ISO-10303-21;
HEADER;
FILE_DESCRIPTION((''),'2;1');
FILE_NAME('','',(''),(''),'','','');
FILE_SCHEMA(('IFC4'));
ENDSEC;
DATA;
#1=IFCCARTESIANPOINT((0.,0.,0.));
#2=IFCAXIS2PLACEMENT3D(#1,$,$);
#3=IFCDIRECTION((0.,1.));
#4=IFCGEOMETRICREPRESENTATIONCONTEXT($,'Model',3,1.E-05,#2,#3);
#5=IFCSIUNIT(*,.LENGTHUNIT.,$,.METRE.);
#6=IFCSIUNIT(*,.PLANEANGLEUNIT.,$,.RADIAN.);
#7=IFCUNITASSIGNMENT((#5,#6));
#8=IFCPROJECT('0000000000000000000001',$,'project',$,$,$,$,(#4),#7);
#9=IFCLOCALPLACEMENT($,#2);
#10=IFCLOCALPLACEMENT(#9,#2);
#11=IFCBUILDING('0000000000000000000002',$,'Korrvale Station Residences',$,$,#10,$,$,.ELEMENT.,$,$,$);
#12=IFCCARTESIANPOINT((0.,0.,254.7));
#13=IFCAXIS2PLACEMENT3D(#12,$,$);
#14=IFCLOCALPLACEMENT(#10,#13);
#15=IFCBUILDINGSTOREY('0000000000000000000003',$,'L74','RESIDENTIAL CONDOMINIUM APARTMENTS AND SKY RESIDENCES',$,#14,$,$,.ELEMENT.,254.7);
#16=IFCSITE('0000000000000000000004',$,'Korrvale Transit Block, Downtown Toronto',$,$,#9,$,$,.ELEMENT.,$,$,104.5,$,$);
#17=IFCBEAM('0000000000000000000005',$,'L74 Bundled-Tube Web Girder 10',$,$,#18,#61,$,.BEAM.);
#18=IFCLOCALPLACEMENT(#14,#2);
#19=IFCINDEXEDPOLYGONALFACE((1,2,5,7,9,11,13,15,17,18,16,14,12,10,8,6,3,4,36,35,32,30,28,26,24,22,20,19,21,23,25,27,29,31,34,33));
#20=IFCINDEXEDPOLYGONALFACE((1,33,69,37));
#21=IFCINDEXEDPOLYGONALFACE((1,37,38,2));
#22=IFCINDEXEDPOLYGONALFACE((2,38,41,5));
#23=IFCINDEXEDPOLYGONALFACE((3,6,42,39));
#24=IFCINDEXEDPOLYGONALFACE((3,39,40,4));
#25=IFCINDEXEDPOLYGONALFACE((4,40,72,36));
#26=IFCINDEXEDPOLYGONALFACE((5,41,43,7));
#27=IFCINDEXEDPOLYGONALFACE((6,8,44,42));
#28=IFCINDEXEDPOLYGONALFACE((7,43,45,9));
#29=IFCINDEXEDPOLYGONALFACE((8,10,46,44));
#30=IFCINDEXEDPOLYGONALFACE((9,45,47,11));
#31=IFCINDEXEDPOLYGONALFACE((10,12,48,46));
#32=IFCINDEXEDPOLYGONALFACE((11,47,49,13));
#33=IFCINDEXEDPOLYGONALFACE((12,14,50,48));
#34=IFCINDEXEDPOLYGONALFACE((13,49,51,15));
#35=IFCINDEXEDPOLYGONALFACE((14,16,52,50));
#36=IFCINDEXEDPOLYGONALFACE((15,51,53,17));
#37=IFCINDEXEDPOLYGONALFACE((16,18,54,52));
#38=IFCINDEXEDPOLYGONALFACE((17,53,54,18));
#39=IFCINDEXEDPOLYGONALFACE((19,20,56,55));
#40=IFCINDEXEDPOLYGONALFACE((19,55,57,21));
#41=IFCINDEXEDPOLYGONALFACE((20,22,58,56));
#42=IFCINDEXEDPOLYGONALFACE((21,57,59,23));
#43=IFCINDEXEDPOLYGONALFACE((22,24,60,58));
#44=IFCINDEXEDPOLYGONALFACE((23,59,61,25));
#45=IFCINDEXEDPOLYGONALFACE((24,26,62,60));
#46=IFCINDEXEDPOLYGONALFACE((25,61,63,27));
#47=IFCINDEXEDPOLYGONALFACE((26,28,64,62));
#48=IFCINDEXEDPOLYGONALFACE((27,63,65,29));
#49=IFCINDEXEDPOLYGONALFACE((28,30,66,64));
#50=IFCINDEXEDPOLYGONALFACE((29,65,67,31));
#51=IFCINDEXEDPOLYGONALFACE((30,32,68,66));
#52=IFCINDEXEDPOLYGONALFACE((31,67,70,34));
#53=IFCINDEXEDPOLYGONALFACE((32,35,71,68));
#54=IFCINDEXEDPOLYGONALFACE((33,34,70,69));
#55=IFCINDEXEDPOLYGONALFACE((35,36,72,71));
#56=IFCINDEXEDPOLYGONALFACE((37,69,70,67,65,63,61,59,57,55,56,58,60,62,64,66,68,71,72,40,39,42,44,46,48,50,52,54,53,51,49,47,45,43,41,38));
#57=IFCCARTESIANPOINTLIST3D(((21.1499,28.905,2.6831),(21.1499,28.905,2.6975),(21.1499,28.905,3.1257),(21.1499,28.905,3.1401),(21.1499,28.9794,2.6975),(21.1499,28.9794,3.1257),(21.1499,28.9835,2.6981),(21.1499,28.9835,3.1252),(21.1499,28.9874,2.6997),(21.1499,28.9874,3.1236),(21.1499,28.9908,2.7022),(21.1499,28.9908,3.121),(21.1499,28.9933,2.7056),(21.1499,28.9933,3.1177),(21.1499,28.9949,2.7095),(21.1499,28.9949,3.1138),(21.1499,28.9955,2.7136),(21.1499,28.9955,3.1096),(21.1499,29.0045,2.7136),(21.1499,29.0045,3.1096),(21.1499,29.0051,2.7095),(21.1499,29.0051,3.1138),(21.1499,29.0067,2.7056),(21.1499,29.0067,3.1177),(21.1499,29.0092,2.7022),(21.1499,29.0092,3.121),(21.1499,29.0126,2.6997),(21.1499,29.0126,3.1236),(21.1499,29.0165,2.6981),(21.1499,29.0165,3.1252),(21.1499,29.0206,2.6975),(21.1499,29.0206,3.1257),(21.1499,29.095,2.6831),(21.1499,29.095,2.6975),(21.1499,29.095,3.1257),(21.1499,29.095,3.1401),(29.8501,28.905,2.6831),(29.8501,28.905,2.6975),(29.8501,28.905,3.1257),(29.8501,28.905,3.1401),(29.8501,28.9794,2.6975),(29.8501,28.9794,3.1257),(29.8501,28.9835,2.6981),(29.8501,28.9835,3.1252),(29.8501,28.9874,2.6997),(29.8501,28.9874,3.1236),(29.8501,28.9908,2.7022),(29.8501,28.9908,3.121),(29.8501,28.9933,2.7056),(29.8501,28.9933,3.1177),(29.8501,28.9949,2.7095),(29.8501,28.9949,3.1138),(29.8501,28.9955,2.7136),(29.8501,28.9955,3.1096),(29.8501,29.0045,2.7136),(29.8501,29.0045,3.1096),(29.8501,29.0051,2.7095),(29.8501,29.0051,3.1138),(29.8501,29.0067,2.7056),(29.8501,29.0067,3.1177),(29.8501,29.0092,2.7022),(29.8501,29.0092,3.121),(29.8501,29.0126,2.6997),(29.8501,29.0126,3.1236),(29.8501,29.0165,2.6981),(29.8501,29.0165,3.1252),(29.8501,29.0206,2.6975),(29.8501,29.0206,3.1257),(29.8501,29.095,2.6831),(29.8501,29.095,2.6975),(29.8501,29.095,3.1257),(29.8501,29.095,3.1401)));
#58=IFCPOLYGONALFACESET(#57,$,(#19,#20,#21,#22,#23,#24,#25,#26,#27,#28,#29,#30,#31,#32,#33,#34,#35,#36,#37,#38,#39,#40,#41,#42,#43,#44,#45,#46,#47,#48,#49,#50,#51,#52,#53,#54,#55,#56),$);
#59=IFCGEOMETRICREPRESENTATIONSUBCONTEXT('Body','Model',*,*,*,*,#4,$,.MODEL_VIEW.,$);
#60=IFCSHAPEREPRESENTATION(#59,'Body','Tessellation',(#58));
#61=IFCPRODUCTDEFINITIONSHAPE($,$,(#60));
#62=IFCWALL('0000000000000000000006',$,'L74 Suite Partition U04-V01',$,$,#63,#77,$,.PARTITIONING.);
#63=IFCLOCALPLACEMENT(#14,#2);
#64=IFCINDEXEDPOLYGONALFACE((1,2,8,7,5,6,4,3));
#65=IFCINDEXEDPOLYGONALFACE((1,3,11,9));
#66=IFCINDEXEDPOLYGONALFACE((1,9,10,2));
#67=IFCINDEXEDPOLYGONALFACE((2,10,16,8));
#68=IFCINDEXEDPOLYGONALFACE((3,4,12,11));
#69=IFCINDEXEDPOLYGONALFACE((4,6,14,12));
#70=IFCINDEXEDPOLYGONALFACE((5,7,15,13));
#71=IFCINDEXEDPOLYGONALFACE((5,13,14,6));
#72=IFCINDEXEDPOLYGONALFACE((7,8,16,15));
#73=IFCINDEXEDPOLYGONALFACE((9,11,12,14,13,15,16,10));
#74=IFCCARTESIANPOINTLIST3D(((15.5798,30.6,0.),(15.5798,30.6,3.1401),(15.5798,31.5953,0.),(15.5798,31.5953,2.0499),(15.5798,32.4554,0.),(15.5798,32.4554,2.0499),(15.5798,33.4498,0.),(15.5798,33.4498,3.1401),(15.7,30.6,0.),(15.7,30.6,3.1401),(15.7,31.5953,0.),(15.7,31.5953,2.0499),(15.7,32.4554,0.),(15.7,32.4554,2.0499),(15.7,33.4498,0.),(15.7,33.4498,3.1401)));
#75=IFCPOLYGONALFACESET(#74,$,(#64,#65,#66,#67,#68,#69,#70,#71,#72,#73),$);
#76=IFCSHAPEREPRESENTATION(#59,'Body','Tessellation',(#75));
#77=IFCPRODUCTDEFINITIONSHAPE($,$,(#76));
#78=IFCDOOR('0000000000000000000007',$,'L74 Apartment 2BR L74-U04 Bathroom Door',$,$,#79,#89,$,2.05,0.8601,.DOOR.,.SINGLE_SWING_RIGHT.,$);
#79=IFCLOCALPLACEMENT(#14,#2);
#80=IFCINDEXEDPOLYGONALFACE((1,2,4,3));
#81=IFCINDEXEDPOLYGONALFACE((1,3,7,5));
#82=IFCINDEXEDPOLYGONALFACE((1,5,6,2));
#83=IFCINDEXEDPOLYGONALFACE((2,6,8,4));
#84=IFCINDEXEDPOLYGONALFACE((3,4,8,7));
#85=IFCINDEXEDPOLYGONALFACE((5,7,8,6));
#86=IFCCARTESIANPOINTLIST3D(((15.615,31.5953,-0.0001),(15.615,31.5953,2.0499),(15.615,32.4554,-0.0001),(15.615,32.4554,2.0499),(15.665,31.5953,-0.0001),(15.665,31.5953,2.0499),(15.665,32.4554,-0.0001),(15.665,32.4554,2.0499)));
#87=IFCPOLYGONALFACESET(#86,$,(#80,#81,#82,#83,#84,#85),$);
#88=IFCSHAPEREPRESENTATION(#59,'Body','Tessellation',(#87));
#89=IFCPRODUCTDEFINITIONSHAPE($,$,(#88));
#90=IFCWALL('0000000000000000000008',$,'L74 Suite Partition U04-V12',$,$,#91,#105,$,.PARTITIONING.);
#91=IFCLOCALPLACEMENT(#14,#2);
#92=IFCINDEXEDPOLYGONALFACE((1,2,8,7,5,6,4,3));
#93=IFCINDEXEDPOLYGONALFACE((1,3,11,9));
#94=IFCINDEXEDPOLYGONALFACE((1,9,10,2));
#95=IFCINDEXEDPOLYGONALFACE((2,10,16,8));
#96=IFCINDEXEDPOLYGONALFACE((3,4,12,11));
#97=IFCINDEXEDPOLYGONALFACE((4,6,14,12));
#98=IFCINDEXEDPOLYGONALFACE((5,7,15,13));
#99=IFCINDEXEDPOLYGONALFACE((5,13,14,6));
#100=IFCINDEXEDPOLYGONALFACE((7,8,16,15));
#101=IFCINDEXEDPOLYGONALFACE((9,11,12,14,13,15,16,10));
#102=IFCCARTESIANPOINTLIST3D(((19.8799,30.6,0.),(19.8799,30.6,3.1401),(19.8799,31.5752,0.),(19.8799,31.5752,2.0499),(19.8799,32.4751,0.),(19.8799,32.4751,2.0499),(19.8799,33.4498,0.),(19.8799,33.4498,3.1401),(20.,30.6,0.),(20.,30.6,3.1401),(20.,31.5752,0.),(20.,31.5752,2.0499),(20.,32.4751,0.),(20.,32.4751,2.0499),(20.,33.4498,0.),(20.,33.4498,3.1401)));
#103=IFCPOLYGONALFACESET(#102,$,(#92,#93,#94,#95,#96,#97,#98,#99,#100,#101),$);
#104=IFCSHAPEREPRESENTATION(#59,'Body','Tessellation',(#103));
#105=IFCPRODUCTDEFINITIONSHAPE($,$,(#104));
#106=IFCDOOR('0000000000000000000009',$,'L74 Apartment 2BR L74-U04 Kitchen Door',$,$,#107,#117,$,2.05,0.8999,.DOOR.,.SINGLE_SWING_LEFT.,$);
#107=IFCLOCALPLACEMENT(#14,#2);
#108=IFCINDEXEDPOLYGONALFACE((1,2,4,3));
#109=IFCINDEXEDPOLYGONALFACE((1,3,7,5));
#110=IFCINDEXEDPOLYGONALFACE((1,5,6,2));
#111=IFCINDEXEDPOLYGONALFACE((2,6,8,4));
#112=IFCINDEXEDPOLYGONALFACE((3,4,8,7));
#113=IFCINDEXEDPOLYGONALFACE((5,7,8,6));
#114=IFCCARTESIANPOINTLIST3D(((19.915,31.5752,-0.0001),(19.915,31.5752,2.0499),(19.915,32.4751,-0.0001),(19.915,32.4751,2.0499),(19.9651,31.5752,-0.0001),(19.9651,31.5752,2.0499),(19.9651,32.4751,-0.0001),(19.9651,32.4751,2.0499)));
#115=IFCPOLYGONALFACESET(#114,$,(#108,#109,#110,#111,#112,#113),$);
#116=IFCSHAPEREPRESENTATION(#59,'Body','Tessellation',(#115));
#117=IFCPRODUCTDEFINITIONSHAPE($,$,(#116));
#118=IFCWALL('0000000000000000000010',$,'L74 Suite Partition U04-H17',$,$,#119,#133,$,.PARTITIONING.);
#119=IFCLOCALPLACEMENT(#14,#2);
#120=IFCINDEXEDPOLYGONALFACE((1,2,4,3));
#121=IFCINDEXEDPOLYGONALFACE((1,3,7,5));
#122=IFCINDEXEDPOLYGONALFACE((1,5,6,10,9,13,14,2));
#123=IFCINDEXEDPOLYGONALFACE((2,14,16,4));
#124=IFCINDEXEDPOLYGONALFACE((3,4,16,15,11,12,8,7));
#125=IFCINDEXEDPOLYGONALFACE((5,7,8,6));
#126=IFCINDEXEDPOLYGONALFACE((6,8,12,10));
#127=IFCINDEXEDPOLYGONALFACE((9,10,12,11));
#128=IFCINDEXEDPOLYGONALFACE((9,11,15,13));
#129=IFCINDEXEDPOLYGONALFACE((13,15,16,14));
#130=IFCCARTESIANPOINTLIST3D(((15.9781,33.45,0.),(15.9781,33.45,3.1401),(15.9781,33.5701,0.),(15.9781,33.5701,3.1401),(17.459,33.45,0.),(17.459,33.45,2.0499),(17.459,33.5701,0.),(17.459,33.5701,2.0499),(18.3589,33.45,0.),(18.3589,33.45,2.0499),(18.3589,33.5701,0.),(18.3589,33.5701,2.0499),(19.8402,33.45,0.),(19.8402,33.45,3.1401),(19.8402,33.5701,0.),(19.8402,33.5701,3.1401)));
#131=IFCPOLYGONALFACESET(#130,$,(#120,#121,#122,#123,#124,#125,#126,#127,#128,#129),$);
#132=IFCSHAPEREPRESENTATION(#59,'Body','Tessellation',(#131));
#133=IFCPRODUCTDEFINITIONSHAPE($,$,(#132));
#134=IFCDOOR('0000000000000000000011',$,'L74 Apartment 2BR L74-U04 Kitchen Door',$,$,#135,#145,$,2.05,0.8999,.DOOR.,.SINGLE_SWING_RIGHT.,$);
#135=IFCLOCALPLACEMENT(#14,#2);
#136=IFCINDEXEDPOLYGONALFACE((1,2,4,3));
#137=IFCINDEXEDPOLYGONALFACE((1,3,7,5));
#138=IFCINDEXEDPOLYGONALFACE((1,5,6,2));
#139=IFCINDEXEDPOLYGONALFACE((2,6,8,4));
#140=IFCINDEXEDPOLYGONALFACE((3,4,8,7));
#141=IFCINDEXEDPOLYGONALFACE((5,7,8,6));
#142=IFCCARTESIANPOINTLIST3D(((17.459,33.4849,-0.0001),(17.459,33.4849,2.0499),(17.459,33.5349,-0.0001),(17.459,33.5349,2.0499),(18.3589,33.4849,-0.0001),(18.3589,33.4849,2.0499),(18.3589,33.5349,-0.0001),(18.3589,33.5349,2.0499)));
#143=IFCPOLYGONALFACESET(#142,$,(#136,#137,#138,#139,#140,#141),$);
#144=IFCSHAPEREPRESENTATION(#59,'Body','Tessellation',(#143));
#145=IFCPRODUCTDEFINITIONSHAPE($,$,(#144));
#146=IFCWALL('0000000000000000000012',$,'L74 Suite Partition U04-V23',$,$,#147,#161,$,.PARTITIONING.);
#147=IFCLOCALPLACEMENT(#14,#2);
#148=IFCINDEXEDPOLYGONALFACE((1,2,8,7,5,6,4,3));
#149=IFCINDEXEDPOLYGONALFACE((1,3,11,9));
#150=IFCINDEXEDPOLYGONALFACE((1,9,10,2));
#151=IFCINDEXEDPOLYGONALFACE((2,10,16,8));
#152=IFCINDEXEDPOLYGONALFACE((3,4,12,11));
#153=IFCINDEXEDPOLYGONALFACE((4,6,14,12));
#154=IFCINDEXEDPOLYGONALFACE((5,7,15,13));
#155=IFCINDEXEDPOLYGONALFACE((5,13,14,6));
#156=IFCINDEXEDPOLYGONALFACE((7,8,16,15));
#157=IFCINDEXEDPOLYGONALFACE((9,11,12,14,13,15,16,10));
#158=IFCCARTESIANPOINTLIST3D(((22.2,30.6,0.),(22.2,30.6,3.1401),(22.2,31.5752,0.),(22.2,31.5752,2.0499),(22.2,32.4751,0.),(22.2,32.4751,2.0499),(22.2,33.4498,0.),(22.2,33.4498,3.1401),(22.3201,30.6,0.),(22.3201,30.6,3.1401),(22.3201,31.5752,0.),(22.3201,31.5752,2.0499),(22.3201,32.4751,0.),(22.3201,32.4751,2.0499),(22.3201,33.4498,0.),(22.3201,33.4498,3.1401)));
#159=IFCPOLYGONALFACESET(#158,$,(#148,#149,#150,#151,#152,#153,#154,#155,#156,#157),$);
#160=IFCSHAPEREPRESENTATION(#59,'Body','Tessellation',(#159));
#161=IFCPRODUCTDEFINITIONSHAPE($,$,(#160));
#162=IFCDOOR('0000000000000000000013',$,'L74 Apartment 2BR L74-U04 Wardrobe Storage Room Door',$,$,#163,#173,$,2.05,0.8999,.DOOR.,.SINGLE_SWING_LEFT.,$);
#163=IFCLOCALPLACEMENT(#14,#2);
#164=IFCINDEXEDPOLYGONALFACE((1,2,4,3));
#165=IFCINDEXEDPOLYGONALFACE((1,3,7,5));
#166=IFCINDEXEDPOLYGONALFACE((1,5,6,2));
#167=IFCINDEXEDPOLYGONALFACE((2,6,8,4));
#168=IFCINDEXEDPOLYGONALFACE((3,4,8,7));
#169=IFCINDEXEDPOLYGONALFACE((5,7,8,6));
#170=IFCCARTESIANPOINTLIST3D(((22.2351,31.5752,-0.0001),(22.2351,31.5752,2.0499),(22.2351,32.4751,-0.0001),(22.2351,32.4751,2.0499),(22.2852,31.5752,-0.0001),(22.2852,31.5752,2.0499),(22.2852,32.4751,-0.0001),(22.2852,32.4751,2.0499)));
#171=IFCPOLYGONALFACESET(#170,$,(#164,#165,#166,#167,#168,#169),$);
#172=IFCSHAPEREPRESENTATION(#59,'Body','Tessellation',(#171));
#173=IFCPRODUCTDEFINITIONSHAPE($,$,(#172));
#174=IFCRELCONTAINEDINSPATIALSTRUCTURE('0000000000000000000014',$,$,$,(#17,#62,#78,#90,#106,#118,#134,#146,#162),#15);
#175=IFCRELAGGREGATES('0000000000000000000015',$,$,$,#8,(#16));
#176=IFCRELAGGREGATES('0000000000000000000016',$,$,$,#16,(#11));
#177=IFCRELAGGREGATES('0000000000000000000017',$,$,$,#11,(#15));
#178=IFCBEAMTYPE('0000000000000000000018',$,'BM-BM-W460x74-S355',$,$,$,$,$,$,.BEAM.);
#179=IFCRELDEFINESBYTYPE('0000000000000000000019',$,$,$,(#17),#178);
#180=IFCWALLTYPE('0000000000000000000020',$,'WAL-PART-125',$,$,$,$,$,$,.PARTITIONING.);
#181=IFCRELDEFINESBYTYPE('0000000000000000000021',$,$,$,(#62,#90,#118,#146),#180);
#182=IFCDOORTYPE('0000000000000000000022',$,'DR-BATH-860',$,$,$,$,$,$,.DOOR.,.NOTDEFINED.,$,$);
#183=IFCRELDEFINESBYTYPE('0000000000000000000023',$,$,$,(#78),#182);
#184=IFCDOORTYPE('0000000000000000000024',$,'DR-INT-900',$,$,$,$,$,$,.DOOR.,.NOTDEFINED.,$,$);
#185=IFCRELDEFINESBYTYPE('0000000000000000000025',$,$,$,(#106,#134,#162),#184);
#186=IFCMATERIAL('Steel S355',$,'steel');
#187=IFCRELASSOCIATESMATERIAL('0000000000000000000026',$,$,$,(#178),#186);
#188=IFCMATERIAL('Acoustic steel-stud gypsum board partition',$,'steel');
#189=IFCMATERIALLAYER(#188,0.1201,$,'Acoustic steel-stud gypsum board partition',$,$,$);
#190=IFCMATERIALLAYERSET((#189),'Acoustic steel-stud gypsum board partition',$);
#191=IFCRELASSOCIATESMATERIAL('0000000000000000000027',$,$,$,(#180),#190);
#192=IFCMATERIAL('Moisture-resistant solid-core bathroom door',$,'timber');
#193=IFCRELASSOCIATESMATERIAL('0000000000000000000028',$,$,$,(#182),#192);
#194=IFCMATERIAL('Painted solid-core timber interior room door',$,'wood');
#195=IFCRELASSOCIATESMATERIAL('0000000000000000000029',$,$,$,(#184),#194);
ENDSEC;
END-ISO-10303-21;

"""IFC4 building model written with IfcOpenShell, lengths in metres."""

from ifc_helpers import new_model, si_unit, direction, frame, frame_2d, origin, origin_2d, place, context, subcontext, project, spatial, rectangle, i_section, extrude, material, layer, layer_set, material_profile, profile_set, type_object, element, fill, save


model = new_model("IFC4")

# Units and contexts
model_context = context("Model", 3, precision=1e-05, world=origin(), true_north=direction((0.0, 1.0)))
body_context = subcontext(model_context, "Body", "Model", "MODEL_VIEW")
ifc_project = project(units=[si_unit("LENGTHUNIT", "METRE"), si_unit("PLANEANGLEUNIT", "RADIAN")], contexts=[model_context])

# Site, building, storey
site_placement = place(None, origin())
site = spatial("IfcSite", under=ifc_project, at=site_placement, Name="Korrvale Transit Block, Downtown Toronto", CompositionType="ELEMENT", RefElevation=104.5)
building_placement = place(site_placement, origin())
building = spatial("IfcBuilding", under=site, at=building_placement, Name="Korrvale Station Residences", CompositionType="ELEMENT")
storey_placement = place(building_placement, frame((0.0, 0.0, 254.7)))
storey = spatial("IfcBuildingStorey", under=building, at=storey_placement, Name="L74", Description="RESIDENTIAL CONDOMINIUM APARTMENTS AND SKY RESIDENCES", CompositionType="ELEMENT", Elevation=254.7)

# Beam
ifc_material_1 = material(Name="Steel S355", Category="steel")
ifc_material_profile = material_profile(ifc_material_1, i_section(OverallWidth=0.1899, OverallDepth=0.457, WebThickness=0.009, FlangeThickness=0.0144, FilletRadius=0.0161, at=origin_2d()), Name="W460x74")
ifc_profile_set = profile_set([ifc_material_profile], Name="Steel S355")
beam_type = type_object("IfcBeamType", Name="BM-BM-W460x74-S355", PredefinedType="BEAM", material=ifc_profile_set)
beam_placement = place(storey_placement, frame((21.1499, 29.0, 2.9116), z_axis=(1.0, 0.0, 0.0), x_axis=(0.0, 1.0, 0.0)))
element("IfcBeam", 1, at=beam_placement, inside=storey, type_object=beam_type, Name="L74 Bundled-Tube Web Girder 10", PredefinedType="BEAM", context=body_context, shape_type="SweptSolid", body=[
    extrude(i_section(OverallWidth=0.1899, OverallDepth=0.457, WebThickness=0.009, FlangeThickness=0.0144, FilletRadius=0.0161, at=origin_2d()), origin(), (0.0, 0.0, 1.0), 8.7002),
])

# Walls, openings, doors
ifc_material_2 = material(Name="Acoustic steel-stud gypsum board partition", Category="steel")
ifc_layer = layer(ifc_material_2, 0.1201, Name="Acoustic steel-stud gypsum board partition")
ifc_layer_set = layer_set([ifc_layer], Name="Acoustic steel-stud gypsum board partition")
wall_type = type_object("IfcWallType", Name="WAL-PART-125", PredefinedType="PARTITIONING", material=ifc_layer_set)
wall_1_placement = place(storey_placement, frame((15.6399, 30.6001, 0.0), z_axis=(0.0, 0.0, 1.0), x_axis=(0.0, 1.0, 0.0)))
wall_1 = element("IfcWall", 2, at=wall_1_placement, inside=storey, type_object=wall_type, Name="L74 Suite Partition U04-V01", PredefinedType="PARTITIONING", context=body_context, shape_type="SweptSolid", body=[
    extrude(rectangle(XDim=2.8499, YDim=0.1201, at=frame_2d((1.4248, 0.0))), origin(), (0.0, 0.0, 1.0), 3.1401),
])
opening_1_placement = place(wall_1_placement, frame((0.9951, 0.0, 0.0)))
opening_1 = element("IfcOpeningElement", 3, at=opening_1_placement, cuts=wall_1, PredefinedType="OPENING", context=body_context, shape_type="SweptSolid", body=[
    extrude(rectangle(XDim=0.8601, YDim=2.05, at=frame_2d((0.4302, 1.0249))), frame((0.0, 0.0701, 0.0), z_axis=(0.0, -1.0, 0.0), x_axis=(1.0, 0.0, 0.0)), (0.0, 0.0, 1.0), 0.1401),
])
ifc_material_3 = material(Name="Moisture-resistant solid-core bathroom door", Category="timber")
door_type_1 = type_object("IfcDoorType", Name="DR-BATH-860", OperationType="NOTDEFINED", PredefinedType="DOOR", material=ifc_material_3)
door_1_placement = place(opening_1_placement, origin())
door_1 = element("IfcDoor", 4, at=door_1_placement, inside=storey, type_object=door_type_1, Name="L74 Apartment 2BR L74-U04 Bathroom Door", OperationType="SINGLE_SWING_RIGHT", OverallHeight=2.05, OverallWidth=0.8601, PredefinedType="DOOR", context=body_context, shape_type="SweptSolid", body=[
    extrude(rectangle(XDim=0.8601, YDim=2.05, at=frame_2d((0.4302, 1.0249))), frame((0.0, 0.0249, 0.0), z_axis=(0.0, -1.0, 0.0), x_axis=(1.0, 0.0, 0.0)), (0.0, 0.0, 1.0), 0.05),
])
fill(opening_1, door_1)
wall_2_placement = place(storey_placement, frame((19.9399, 30.6001, 0.0), z_axis=(0.0, 0.0, 1.0), x_axis=(0.0, 1.0, 0.0)))
wall_2 = element("IfcWall", 5, at=wall_2_placement, inside=storey, type_object=wall_type, Name="L74 Suite Partition U04-V12", PredefinedType="PARTITIONING", context=body_context, shape_type="SweptSolid", body=[
    extrude(rectangle(XDim=2.8499, YDim=0.1201, at=frame_2d((1.4248, 0.0))), origin(), (0.0, 0.0, 1.0), 3.1401),
])
opening_2_placement = place(wall_2_placement, frame((0.9751, 0.0, 0.0)))
opening_2 = element("IfcOpeningElement", 6, at=opening_2_placement, cuts=wall_2, PredefinedType="OPENING", context=body_context, shape_type="SweptSolid", body=[
    extrude(rectangle(XDim=0.8999, YDim=2.05, at=frame_2d((0.45, 1.0249))), frame((0.0, 0.0701, 0.0), z_axis=(0.0, -1.0, 0.0), x_axis=(1.0, 0.0, 0.0)), (0.0, 0.0, 1.0), 0.1401),
])
ifc_material_4 = material(Name="Painted solid-core timber interior room door", Category="wood")
door_type_2 = type_object("IfcDoorType", Name="DR-INT-900", OperationType="NOTDEFINED", PredefinedType="DOOR", material=ifc_material_4)
door_2_placement = place(opening_2_placement, origin())
door_2 = element("IfcDoor", 7, at=door_2_placement, inside=storey, type_object=door_type_2, Name="L74 Apartment 2BR L74-U04 Kitchen Door", OperationType="SINGLE_SWING_LEFT", OverallHeight=2.05, OverallWidth=0.8999, PredefinedType="DOOR", context=body_context, shape_type="SweptSolid", body=[
    extrude(rectangle(XDim=0.8999, YDim=2.05, at=frame_2d((0.45, 1.0249))), frame((0.0, 0.0249, 0.0), z_axis=(0.0, -1.0, 0.0), x_axis=(1.0, 0.0, 0.0)), (0.0, 0.0, 1.0), 0.05),
])
fill(opening_2, door_2)
wall_3_placement = place(storey_placement, frame((15.978, 33.51, 0.0), z_axis=(0.0, 0.0, 1.0), x_axis=(1.0, 0.0, 0.0)))
wall_3 = element("IfcWall", 8, at=wall_3_placement, inside=storey, type_object=wall_type, Name="L74 Suite Partition U04-H17", PredefinedType="PARTITIONING", context=body_context, shape_type="SweptSolid", body=[
    extrude(rectangle(XDim=3.8621, YDim=0.1201, at=frame_2d((1.9312, 0.0))), origin(), (0.0, 0.0, 1.0), 3.1401),
])
opening_3_placement = place(wall_3_placement, frame((1.481, 0.0, 0.0)))
opening_3 = element("IfcOpeningElement", 9, at=opening_3_placement, cuts=wall_3, PredefinedType="OPENING", context=body_context, shape_type="SweptSolid", body=[
    extrude(rectangle(XDim=0.8999, YDim=2.05, at=frame_2d((0.45, 1.0249))), frame((0.0, 0.0701, 0.0), z_axis=(0.0, -1.0, 0.0), x_axis=(1.0, 0.0, 0.0)), (0.0, 0.0, 1.0), 0.1401),
])
door_3_placement = place(opening_3_placement, origin())
door_3 = element("IfcDoor", 10, at=door_3_placement, inside=storey, type_object=door_type_2, Name="L74 Apartment 2BR L74-U04 Kitchen Door", OperationType="SINGLE_SWING_RIGHT", OverallHeight=2.05, OverallWidth=0.8999, PredefinedType="DOOR", context=body_context, shape_type="SweptSolid", body=[
    extrude(rectangle(XDim=0.8999, YDim=2.05, at=frame_2d((0.45, 1.0249))), frame((0.0, 0.0249, 0.0), z_axis=(0.0, -1.0, 0.0), x_axis=(1.0, 0.0, 0.0)), (0.0, 0.0, 1.0), 0.05),
])
fill(opening_3, door_3)
wall_4_placement = place(storey_placement, frame((22.26, 30.6001, 0.0), z_axis=(0.0, 0.0, 1.0), x_axis=(0.0, 1.0, 0.0)))
wall_4 = element("IfcWall", 11, at=wall_4_placement, inside=storey, type_object=wall_type, Name="L74 Suite Partition U04-V23", PredefinedType="PARTITIONING", context=body_context, shape_type="SweptSolid", body=[
    extrude(rectangle(XDim=2.8499, YDim=0.1201, at=frame_2d((1.4248, 0.0))), origin(), (0.0, 0.0, 1.0), 3.1401),
])
opening_4_placement = place(wall_4_placement, frame((0.9751, 0.0, 0.0)))
opening_4 = element("IfcOpeningElement", 12, at=opening_4_placement, cuts=wall_4, PredefinedType="OPENING", context=body_context, shape_type="SweptSolid", body=[
    extrude(rectangle(XDim=0.8999, YDim=2.05, at=frame_2d((0.45, 1.0249))), frame((0.0, 0.0701, 0.0), z_axis=(0.0, -1.0, 0.0), x_axis=(1.0, 0.0, 0.0)), (0.0, 0.0, 1.0), 0.1401),
])
door_4_placement = place(opening_4_placement, origin())
door_4 = element("IfcDoor", 13, at=door_4_placement, inside=storey, type_object=door_type_2, Name="L74 Apartment 2BR L74-U04 Wardrobe Storage Room Door", OperationType="SINGLE_SWING_LEFT", OverallHeight=2.05, OverallWidth=0.8999, PredefinedType="DOOR", context=body_context, shape_type="SweptSolid", body=[
    extrude(rectangle(XDim=0.8999, YDim=2.05, at=frame_2d((0.45, 1.0249))), frame((0.0, 0.0249, 0.0), z_axis=(0.0, -1.0, 0.0), x_axis=(1.0, 0.0, 0.0)), (0.0, 0.0, 1.0), 0.05),
])
fill(opening_4, door_4)

save(model, "model.ifc")
